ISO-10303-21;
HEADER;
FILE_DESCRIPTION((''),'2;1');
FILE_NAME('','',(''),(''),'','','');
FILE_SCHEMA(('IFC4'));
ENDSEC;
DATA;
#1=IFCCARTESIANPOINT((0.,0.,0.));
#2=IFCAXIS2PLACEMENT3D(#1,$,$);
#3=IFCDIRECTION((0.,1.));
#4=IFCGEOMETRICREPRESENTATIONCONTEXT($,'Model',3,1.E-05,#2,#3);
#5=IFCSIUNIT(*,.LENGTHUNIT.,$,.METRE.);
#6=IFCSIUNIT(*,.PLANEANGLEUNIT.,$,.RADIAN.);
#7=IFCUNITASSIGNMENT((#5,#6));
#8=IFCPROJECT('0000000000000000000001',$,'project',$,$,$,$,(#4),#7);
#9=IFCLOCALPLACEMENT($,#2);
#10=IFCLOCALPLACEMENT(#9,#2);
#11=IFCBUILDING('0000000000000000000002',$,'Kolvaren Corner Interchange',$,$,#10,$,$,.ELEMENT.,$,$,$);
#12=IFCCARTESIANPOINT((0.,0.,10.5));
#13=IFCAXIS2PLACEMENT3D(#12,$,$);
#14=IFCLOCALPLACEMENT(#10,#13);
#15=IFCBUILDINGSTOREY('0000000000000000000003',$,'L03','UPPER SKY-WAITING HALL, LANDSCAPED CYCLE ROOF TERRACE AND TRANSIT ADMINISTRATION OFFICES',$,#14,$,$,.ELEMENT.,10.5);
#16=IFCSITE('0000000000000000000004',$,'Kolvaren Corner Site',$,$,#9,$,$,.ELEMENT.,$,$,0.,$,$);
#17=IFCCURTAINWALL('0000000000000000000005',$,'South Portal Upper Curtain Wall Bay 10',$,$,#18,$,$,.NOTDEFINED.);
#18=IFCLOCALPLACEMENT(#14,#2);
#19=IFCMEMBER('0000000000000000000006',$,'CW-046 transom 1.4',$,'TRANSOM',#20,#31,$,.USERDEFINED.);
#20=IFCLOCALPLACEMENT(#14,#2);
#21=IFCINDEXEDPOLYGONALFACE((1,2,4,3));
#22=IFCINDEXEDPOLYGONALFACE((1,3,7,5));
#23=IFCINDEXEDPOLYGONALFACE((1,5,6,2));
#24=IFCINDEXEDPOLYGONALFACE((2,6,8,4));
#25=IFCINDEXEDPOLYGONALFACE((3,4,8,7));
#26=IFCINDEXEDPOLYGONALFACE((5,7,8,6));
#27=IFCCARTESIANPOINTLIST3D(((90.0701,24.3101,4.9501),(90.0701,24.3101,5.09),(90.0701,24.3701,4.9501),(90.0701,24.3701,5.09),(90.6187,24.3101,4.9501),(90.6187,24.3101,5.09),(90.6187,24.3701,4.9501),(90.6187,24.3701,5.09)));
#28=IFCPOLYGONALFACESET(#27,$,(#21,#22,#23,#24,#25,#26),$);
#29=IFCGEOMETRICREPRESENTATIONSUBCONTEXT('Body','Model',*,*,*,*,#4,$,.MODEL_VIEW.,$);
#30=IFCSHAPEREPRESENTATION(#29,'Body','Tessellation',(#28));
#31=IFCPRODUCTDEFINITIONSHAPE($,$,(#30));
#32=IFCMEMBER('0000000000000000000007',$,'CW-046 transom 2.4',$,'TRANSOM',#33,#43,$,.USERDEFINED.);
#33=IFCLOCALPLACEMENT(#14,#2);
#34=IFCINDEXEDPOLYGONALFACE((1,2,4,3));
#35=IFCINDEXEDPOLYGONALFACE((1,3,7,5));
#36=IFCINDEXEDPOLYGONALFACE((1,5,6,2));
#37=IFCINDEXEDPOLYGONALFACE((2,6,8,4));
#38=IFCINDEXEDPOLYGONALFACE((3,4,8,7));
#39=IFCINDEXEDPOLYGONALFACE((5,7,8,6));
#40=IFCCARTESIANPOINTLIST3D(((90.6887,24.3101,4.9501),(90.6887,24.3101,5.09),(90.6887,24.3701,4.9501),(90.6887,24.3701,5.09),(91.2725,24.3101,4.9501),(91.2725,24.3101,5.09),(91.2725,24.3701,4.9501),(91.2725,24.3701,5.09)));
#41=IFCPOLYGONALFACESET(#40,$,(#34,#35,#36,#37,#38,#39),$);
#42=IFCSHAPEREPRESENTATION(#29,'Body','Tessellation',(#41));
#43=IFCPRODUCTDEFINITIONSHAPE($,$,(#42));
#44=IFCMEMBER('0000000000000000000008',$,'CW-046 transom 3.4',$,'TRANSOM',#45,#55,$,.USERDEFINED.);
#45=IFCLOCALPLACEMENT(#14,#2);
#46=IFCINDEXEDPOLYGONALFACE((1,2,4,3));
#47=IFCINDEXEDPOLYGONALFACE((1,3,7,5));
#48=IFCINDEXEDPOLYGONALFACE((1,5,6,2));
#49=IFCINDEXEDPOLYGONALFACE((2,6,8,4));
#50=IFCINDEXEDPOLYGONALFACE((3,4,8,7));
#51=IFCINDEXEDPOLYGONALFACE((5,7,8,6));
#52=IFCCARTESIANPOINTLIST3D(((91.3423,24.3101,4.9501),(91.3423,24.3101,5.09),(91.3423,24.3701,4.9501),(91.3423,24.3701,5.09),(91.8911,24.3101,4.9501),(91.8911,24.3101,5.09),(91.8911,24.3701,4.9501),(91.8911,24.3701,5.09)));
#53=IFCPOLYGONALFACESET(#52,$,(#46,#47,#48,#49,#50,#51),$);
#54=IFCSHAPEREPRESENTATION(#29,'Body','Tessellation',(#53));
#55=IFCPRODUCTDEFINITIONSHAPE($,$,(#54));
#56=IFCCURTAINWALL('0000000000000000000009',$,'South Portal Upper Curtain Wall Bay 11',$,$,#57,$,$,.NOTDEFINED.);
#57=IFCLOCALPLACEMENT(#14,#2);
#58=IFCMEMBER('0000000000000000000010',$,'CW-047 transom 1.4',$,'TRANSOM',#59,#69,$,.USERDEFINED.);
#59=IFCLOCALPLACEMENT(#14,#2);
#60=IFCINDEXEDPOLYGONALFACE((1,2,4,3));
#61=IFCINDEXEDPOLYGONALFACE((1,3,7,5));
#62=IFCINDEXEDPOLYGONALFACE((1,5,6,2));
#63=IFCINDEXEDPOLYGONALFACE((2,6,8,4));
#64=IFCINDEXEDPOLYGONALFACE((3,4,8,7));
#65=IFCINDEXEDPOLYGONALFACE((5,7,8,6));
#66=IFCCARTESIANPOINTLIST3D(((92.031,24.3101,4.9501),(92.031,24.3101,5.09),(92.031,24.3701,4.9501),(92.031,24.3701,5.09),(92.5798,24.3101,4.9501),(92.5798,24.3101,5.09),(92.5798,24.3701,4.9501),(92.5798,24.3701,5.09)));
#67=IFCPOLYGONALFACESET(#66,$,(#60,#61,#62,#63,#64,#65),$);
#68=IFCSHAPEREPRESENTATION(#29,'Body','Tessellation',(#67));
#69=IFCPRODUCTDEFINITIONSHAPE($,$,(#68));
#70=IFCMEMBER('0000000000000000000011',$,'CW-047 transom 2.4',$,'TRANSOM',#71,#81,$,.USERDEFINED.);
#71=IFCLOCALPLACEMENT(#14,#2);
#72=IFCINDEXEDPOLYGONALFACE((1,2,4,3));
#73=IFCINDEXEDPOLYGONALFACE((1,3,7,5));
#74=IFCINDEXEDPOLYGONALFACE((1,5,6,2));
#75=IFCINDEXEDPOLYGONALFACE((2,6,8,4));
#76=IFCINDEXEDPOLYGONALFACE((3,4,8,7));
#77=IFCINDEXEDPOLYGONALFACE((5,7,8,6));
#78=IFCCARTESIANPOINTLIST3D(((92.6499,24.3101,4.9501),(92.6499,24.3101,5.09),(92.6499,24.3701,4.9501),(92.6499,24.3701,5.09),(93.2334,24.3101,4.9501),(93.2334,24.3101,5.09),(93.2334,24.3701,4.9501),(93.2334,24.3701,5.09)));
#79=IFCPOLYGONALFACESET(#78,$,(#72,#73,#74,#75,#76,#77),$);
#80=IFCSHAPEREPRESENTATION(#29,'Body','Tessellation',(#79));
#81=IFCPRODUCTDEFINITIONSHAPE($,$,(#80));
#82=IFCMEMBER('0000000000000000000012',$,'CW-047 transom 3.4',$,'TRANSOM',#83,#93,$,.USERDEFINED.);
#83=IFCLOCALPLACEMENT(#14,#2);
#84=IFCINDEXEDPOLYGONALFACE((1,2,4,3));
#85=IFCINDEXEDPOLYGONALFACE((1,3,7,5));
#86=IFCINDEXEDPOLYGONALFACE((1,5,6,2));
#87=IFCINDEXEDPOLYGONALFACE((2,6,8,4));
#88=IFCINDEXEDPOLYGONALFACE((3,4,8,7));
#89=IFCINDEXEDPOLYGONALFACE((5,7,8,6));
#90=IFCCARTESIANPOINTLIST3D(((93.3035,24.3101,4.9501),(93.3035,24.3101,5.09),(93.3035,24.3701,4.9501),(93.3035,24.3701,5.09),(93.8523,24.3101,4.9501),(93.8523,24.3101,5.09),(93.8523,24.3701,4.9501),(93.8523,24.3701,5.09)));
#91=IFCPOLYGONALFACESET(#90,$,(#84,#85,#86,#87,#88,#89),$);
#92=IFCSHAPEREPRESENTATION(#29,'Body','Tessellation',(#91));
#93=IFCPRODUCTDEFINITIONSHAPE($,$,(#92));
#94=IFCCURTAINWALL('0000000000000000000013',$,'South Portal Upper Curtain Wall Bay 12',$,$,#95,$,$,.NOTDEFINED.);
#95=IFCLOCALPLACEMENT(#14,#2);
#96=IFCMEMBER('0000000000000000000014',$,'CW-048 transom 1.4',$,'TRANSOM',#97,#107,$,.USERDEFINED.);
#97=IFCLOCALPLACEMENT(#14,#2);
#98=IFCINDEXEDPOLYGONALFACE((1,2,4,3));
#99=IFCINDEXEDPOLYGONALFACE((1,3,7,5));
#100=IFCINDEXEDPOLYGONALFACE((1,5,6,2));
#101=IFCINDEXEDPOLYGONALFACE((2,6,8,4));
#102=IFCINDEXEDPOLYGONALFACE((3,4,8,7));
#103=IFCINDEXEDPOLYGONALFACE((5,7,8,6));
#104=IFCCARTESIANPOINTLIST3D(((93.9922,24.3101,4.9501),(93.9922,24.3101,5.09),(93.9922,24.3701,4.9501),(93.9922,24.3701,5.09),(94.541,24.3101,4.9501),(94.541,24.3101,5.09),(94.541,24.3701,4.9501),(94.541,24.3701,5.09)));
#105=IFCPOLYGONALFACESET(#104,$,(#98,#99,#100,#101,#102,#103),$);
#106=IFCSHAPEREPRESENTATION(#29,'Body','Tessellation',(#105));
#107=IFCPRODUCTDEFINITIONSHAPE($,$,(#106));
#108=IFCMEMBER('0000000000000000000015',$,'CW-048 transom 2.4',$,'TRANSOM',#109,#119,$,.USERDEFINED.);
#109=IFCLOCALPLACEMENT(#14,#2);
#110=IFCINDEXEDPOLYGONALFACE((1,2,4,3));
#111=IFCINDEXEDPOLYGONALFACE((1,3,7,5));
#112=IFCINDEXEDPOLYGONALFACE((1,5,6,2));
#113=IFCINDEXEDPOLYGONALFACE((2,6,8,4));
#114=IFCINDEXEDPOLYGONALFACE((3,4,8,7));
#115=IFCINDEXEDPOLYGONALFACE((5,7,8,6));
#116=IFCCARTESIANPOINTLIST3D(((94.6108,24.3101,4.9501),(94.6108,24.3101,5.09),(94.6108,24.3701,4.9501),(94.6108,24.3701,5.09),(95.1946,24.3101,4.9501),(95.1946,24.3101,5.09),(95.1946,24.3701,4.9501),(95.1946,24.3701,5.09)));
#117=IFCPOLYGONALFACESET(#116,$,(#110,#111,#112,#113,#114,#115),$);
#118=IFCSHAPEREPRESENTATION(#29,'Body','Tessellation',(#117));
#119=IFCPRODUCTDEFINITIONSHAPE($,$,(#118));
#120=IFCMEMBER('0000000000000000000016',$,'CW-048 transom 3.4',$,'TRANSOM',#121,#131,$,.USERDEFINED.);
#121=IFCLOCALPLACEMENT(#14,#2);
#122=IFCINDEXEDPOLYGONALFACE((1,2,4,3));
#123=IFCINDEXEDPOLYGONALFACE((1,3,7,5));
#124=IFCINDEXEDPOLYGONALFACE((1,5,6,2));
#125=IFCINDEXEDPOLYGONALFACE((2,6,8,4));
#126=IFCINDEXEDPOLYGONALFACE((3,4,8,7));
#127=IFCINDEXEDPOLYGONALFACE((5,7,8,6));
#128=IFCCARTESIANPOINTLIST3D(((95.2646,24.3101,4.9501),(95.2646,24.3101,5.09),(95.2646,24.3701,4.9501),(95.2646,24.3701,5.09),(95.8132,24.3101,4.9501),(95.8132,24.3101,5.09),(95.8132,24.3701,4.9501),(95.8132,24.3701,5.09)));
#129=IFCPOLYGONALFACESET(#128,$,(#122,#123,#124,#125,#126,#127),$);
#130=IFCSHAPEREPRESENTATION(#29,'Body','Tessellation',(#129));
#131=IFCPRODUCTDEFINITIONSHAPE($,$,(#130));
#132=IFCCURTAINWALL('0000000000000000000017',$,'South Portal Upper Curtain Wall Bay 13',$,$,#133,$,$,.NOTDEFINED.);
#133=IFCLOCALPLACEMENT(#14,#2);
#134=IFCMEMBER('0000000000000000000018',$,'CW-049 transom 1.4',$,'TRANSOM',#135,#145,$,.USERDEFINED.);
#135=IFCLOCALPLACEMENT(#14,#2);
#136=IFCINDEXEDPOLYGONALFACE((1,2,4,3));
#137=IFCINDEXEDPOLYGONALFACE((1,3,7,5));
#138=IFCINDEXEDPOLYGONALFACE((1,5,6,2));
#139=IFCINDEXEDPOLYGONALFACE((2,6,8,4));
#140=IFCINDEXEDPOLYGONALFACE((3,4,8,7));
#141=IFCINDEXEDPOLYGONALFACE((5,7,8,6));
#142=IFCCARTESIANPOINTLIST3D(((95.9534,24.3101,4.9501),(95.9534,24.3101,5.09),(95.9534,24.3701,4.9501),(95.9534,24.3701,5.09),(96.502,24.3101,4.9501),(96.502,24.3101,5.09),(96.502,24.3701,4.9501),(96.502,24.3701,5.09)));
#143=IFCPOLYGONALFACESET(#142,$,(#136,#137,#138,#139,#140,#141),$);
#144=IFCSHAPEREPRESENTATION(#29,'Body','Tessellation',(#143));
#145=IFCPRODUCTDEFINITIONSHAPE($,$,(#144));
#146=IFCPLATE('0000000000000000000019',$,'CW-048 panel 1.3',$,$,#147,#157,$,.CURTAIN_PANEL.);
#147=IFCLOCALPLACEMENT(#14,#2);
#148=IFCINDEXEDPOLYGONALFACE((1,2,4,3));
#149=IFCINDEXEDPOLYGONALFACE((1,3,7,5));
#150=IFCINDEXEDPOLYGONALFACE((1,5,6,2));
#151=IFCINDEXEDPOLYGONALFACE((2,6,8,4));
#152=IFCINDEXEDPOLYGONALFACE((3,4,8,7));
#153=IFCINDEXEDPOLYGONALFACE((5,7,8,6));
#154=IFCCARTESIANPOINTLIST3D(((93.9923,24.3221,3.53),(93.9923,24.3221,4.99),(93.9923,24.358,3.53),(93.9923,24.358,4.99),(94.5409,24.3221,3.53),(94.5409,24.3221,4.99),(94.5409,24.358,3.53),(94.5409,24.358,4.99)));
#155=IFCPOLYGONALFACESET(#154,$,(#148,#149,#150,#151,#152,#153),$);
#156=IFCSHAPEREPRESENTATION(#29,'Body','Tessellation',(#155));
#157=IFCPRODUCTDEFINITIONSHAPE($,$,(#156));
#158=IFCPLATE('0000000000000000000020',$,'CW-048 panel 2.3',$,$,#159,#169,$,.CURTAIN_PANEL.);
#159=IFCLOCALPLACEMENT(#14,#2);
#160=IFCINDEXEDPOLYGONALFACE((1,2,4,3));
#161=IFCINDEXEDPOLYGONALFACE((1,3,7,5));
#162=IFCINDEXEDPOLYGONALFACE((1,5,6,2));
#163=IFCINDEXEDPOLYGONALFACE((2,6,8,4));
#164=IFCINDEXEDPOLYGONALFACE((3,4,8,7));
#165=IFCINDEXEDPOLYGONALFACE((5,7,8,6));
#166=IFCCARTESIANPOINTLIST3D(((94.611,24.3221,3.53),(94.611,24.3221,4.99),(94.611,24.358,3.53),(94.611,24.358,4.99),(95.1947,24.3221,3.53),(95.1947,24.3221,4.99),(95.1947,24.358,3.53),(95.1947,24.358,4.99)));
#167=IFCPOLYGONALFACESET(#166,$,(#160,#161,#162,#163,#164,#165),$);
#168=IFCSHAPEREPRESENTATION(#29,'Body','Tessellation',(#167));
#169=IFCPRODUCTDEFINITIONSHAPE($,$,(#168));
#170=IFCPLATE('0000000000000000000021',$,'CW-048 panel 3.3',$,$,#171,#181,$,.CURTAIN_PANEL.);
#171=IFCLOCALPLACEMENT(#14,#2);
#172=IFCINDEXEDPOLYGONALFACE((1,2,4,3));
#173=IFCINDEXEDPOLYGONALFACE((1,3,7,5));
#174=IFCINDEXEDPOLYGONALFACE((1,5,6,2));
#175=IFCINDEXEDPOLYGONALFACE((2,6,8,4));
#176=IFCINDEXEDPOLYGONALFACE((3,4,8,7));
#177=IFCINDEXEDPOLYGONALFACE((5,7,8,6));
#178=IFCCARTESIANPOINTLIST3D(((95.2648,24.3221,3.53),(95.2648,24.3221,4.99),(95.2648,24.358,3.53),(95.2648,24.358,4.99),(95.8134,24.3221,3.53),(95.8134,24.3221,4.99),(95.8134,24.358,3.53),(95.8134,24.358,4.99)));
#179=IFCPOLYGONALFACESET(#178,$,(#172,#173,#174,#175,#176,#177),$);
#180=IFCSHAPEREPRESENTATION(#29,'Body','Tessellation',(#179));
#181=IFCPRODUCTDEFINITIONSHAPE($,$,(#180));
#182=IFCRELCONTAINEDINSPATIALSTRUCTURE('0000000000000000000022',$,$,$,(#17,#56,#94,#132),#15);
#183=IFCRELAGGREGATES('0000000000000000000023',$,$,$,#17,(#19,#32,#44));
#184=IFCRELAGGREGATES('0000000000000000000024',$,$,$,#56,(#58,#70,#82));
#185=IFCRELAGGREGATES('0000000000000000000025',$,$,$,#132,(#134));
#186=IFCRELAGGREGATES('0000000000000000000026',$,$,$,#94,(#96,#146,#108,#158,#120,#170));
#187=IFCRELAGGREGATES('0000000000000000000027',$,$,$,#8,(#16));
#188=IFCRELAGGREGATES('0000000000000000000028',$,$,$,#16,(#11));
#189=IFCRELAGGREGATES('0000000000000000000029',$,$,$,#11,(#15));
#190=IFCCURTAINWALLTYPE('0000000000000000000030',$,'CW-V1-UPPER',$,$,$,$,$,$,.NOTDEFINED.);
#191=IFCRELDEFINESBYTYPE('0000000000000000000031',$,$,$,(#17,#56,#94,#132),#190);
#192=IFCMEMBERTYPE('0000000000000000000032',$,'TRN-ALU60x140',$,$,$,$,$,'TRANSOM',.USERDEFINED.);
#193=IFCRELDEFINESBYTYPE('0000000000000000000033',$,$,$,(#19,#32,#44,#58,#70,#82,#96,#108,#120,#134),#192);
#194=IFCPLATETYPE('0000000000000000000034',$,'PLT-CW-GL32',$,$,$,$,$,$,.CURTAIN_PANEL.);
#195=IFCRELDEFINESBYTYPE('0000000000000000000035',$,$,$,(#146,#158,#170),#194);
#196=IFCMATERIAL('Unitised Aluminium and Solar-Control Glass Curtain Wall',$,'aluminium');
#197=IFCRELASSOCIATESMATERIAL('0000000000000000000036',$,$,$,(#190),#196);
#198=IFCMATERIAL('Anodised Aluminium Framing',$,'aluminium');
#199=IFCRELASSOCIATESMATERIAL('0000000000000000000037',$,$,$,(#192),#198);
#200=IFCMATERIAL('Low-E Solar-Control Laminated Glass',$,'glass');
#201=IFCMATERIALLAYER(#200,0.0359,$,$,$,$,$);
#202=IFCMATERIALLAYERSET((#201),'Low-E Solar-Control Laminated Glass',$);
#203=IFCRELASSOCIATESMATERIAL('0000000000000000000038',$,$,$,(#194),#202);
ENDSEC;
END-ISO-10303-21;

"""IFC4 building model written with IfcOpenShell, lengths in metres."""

from ifc_helpers import new_model, si_unit, direction, frame, origin, origin_2d, place, context, subcontext, project, spatial, rectangle, extrude, material, layer, layer_set, material_profile, profile_set, type_object, element, aggregate, save


model = new_model("IFC4")

# Units and contexts
model_context = context("Model", 3, precision=1e-05, world=origin(), true_north=direction((0.0, 1.0)))
body_context = subcontext(model_context, "Body", "Model", "MODEL_VIEW")
ifc_project = project(units=[si_unit("LENGTHUNIT", "METRE"), si_unit("PLANEANGLEUNIT", "RADIAN")], contexts=[model_context])

# Site, building, storey
site_placement = place(None, origin())
site = spatial("IfcSite", under=ifc_project, at=site_placement, Name="Kolvaren Corner Site", CompositionType="ELEMENT", RefElevation=0.0)
building_placement = place(site_placement, origin())
building = spatial("IfcBuilding", under=site, at=building_placement, Name="Kolvaren Corner Interchange", CompositionType="ELEMENT")
storey_placement = place(building_placement, frame((0.0, 0.0, 10.5)))
storey = spatial("IfcBuildingStorey", under=building, at=storey_placement, Name="L03", Description="UPPER SKY-WAITING HALL, LANDSCAPED CYCLE ROOF TERRACE AND TRANSIT ADMINISTRATION OFFICES", CompositionType="ELEMENT", Elevation=10.5)

# Curtain walls, members
ifc_material_1 = material(Name="Unitised Aluminium and Solar-Control Glass Curtain Wall", Category="aluminium")
curtain_wall_type = type_object("IfcCurtainWallType", Name="CW-V1-UPPER", PredefinedType="NOTDEFINED", material=ifc_material_1)
curtain_wall_1_placement = place(storey_placement, origin())
curtain_wall_1 = element("IfcCurtainWall", 1, at=curtain_wall_1_placement, inside=storey, type_object=curtain_wall_type, Name="South Portal Upper Curtain Wall Bay 10", PredefinedType="NOTDEFINED")
ifc_material_2 = material(Name="Anodised Aluminium Framing", Category="aluminium")
ifc_material_profile_1 = material_profile(ifc_material_2, rectangle(XDim=0.0601, YDim=0.1399, at=origin_2d()), Name="ALU 60x140")
ifc_profile_set_1 = profile_set([ifc_material_profile_1], Name="Anodised Aluminium Framing")
member_type_1 = type_object("IfcMemberType", Name="TRN-ALU60x140", ElementType="TRANSOM", PredefinedType="USERDEFINED", material=ifc_profile_set_1)
member_1_placement = place(storey_placement, frame((90.0701, 24.3401, 5.02), z_axis=(1.0, 0.0, 0.0), x_axis=(0.0, 1.0, 0.0)))
member_1 = element("IfcMember", 2, at=member_1_placement, type_object=member_type_1, Name="CW-046 transom 1.4", ObjectType="TRANSOM", PredefinedType="USERDEFINED", context=body_context, shape_type="SweptSolid", body=[
    extrude(rectangle(XDim=0.0601, YDim=0.1399, at=origin_2d()), origin(), (0.0, 0.0, 1.0), 0.5486),
])
member_2_placement = place(storey_placement, frame((90.6887, 24.3401, 5.02), z_axis=(1.0, 0.0, 0.0), x_axis=(0.0, 1.0, 0.0)))
member_2 = element("IfcMember", 3, at=member_2_placement, type_object=member_type_1, Name="CW-046 transom 2.4", ObjectType="TRANSOM", PredefinedType="USERDEFINED", context=body_context, shape_type="SweptSolid", body=[
    extrude(rectangle(XDim=0.0601, YDim=0.1399, at=origin_2d()), origin(), (0.0, 0.0, 1.0), 0.5837),
])
member_3_placement = place(storey_placement, frame((91.3423, 24.3401, 5.02), z_axis=(1.0, 0.0, 0.0), x_axis=(0.0, 1.0, 0.0)))
member_3 = element("IfcMember", 4, at=member_3_placement, type_object=member_type_1, Name="CW-046 transom 3.4", ObjectType="TRANSOM", PredefinedType="USERDEFINED", context=body_context, shape_type="SweptSolid", body=[
    extrude(rectangle(XDim=0.0601, YDim=0.1399, at=origin_2d()), origin(), (0.0, 0.0, 1.0), 0.5488),
])
aggregate(curtain_wall_1, [member_1, member_2, member_3])
curtain_wall_2_placement = place(storey_placement, origin())
curtain_wall_2 = element("IfcCurtainWall", 5, at=curtain_wall_2_placement, inside=storey, type_object=curtain_wall_type, Name="South Portal Upper Curtain Wall Bay 11", PredefinedType="NOTDEFINED")
member_4_placement = place(storey_placement, frame((92.031, 24.3401, 5.02), z_axis=(1.0, 0.0, 0.0), x_axis=(0.0, 1.0, 0.0)))
member_4 = element("IfcMember", 6, at=member_4_placement, type_object=member_type_1, Name="CW-047 transom 1.4", ObjectType="TRANSOM", PredefinedType="USERDEFINED", context=body_context, shape_type="SweptSolid", body=[
    extrude(rectangle(XDim=0.0601, YDim=0.1399, at=origin_2d()), origin(), (0.0, 0.0, 1.0), 0.5488),
])
member_5_placement = place(storey_placement, frame((92.6499, 24.3401, 5.02), z_axis=(1.0, 0.0, 0.0), x_axis=(0.0, 1.0, 0.0)))
member_5 = element("IfcMember", 7, at=member_5_placement, type_object=member_type_1, Name="CW-047 transom 2.4", ObjectType="TRANSOM", PredefinedType="USERDEFINED", context=body_context, shape_type="SweptSolid", body=[
    extrude(rectangle(XDim=0.0601, YDim=0.1399, at=origin_2d()), origin(), (0.0, 0.0, 1.0), 0.5835),
])
member_6_placement = place(storey_placement, frame((93.3035, 24.3401, 5.02), z_axis=(1.0, 0.0, 0.0), x_axis=(0.0, 1.0, 0.0)))
member_6 = element("IfcMember", 8, at=member_6_placement, type_object=member_type_1, Name="CW-047 transom 3.4", ObjectType="TRANSOM", PredefinedType="USERDEFINED", context=body_context, shape_type="SweptSolid", body=[
    extrude(rectangle(XDim=0.0601, YDim=0.1399, at=origin_2d()), origin(), (0.0, 0.0, 1.0), 0.5488),
])
aggregate(curtain_wall_2, [member_4, member_5, member_6])
curtain_wall_3_placement = place(storey_placement, origin())
curtain_wall_3 = element("IfcCurtainWall", 9, at=curtain_wall_3_placement, inside=storey, type_object=curtain_wall_type, Name="South Portal Upper Curtain Wall Bay 12", PredefinedType="NOTDEFINED")
member_7_placement = place(storey_placement, frame((93.9922, 24.3401, 5.02), z_axis=(1.0, 0.0, 0.0), x_axis=(0.0, 1.0, 0.0)))
member_7 = element("IfcMember", 10, at=member_7_placement, type_object=member_type_1, Name="CW-048 transom 1.4", ObjectType="TRANSOM", PredefinedType="USERDEFINED", context=body_context, shape_type="SweptSolid", body=[
    extrude(rectangle(XDim=0.0601, YDim=0.1399, at=origin_2d()), origin(), (0.0, 0.0, 1.0), 0.5488),
])
member_8_placement = place(storey_placement, frame((94.6108, 24.3401, 5.02), z_axis=(1.0, 0.0, 0.0), x_axis=(0.0, 1.0, 0.0)))
member_8 = element("IfcMember", 11, at=member_8_placement, type_object=member_type_1, Name="CW-048 transom 2.4", ObjectType="TRANSOM", PredefinedType="USERDEFINED", context=body_context, shape_type="SweptSolid", body=[
    extrude(rectangle(XDim=0.0601, YDim=0.1399, at=origin_2d()), origin(), (0.0, 0.0, 1.0), 0.5837),
])
member_9_placement = place(storey_placement, frame((95.2646, 24.3401, 5.02), z_axis=(1.0, 0.0, 0.0), x_axis=(0.0, 1.0, 0.0)))
member_9 = element("IfcMember", 12, at=member_9_placement, type_object=member_type_1, Name="CW-048 transom 3.4", ObjectType="TRANSOM", PredefinedType="USERDEFINED", context=body_context, shape_type="SweptSolid", body=[
    extrude(rectangle(XDim=0.0601, YDim=0.1399, at=origin_2d()), origin(), (0.0, 0.0, 1.0), 0.5486),
])

# Curtain wall, member
curtain_wall_4_placement = place(storey_placement, origin())
curtain_wall_4 = element("IfcCurtainWall", 13, at=curtain_wall_4_placement, inside=storey, type_object=curtain_wall_type, Name="South Portal Upper Curtain Wall Bay 13", PredefinedType="NOTDEFINED")
member_10_placement = place(storey_placement, frame((95.9534, 24.3401, 5.02), z_axis=(1.0, 0.0, 0.0), x_axis=(0.0, 1.0, 0.0)))
member_10 = element("IfcMember", 14, at=member_10_placement, type_object=member_type_1, Name="CW-049 transom 1.4", ObjectType="TRANSOM", PredefinedType="USERDEFINED", context=body_context, shape_type="SweptSolid", body=[
    extrude(rectangle(XDim=0.0601, YDim=0.1399, at=origin_2d()), origin(), (0.0, 0.0, 1.0), 0.5486),
])
aggregate(curtain_wall_4, [member_10])

# Plates
ifc_material_3 = material(Name="Low-E Solar-Control Laminated Glass", Category="glass")
ifc_layer = layer(ifc_material_3, 0.0359)
ifc_layer_set = layer_set([ifc_layer], Name="Low-E Solar-Control Laminated Glass")
plate_type = type_object("IfcPlateType", Name="PLT-CW-GL32", PredefinedType="CURTAIN_PANEL", material=ifc_layer_set)
plate_1_placement = place(storey_placement, frame((94.2666, 24.3401, 3.53), z_axis=(0.0, 0.0, 1.0), x_axis=(1.0, 0.0, 0.0)))
plate_1 = element("IfcPlate", 15, at=plate_1_placement, type_object=plate_type, Name="CW-048 panel 1.3", PredefinedType="CURTAIN_PANEL", context=body_context, shape_type="SweptSolid", body=[
    extrude(rectangle(XDim=0.5486, YDim=0.0359, at=origin_2d()), origin(), (0.0, 0.0, 1.0), 1.46),
])
plate_2_placement = place(storey_placement, frame((94.9028, 24.3401, 3.53), z_axis=(0.0, 0.0, 1.0), x_axis=(1.0, 0.0, 0.0)))
plate_2 = element("IfcPlate", 16, at=plate_2_placement, type_object=plate_type, Name="CW-048 panel 2.3", PredefinedType="CURTAIN_PANEL", context=body_context, shape_type="SweptSolid", body=[
    extrude(rectangle(XDim=0.5837, YDim=0.0359, at=origin_2d()), origin(), (0.0, 0.0, 1.0), 1.46),
])
plate_3_placement = place(storey_placement, frame((95.5391, 24.3401, 3.53), z_axis=(0.0, 0.0, 1.0), x_axis=(1.0, 0.0, 0.0)))
plate_3 = element("IfcPlate", 17, at=plate_3_placement, type_object=plate_type, Name="CW-048 panel 3.3", PredefinedType="CURTAIN_PANEL", context=body_context, shape_type="SweptSolid", body=[
    extrude(rectangle(XDim=0.5486, YDim=0.0359, at=origin_2d()), origin(), (0.0, 0.0, 1.0), 1.46),
])
aggregate(curtain_wall_3, [member_7, plate_1, member_8, plate_2, member_9, plate_3])

save(model, "model.ifc")
